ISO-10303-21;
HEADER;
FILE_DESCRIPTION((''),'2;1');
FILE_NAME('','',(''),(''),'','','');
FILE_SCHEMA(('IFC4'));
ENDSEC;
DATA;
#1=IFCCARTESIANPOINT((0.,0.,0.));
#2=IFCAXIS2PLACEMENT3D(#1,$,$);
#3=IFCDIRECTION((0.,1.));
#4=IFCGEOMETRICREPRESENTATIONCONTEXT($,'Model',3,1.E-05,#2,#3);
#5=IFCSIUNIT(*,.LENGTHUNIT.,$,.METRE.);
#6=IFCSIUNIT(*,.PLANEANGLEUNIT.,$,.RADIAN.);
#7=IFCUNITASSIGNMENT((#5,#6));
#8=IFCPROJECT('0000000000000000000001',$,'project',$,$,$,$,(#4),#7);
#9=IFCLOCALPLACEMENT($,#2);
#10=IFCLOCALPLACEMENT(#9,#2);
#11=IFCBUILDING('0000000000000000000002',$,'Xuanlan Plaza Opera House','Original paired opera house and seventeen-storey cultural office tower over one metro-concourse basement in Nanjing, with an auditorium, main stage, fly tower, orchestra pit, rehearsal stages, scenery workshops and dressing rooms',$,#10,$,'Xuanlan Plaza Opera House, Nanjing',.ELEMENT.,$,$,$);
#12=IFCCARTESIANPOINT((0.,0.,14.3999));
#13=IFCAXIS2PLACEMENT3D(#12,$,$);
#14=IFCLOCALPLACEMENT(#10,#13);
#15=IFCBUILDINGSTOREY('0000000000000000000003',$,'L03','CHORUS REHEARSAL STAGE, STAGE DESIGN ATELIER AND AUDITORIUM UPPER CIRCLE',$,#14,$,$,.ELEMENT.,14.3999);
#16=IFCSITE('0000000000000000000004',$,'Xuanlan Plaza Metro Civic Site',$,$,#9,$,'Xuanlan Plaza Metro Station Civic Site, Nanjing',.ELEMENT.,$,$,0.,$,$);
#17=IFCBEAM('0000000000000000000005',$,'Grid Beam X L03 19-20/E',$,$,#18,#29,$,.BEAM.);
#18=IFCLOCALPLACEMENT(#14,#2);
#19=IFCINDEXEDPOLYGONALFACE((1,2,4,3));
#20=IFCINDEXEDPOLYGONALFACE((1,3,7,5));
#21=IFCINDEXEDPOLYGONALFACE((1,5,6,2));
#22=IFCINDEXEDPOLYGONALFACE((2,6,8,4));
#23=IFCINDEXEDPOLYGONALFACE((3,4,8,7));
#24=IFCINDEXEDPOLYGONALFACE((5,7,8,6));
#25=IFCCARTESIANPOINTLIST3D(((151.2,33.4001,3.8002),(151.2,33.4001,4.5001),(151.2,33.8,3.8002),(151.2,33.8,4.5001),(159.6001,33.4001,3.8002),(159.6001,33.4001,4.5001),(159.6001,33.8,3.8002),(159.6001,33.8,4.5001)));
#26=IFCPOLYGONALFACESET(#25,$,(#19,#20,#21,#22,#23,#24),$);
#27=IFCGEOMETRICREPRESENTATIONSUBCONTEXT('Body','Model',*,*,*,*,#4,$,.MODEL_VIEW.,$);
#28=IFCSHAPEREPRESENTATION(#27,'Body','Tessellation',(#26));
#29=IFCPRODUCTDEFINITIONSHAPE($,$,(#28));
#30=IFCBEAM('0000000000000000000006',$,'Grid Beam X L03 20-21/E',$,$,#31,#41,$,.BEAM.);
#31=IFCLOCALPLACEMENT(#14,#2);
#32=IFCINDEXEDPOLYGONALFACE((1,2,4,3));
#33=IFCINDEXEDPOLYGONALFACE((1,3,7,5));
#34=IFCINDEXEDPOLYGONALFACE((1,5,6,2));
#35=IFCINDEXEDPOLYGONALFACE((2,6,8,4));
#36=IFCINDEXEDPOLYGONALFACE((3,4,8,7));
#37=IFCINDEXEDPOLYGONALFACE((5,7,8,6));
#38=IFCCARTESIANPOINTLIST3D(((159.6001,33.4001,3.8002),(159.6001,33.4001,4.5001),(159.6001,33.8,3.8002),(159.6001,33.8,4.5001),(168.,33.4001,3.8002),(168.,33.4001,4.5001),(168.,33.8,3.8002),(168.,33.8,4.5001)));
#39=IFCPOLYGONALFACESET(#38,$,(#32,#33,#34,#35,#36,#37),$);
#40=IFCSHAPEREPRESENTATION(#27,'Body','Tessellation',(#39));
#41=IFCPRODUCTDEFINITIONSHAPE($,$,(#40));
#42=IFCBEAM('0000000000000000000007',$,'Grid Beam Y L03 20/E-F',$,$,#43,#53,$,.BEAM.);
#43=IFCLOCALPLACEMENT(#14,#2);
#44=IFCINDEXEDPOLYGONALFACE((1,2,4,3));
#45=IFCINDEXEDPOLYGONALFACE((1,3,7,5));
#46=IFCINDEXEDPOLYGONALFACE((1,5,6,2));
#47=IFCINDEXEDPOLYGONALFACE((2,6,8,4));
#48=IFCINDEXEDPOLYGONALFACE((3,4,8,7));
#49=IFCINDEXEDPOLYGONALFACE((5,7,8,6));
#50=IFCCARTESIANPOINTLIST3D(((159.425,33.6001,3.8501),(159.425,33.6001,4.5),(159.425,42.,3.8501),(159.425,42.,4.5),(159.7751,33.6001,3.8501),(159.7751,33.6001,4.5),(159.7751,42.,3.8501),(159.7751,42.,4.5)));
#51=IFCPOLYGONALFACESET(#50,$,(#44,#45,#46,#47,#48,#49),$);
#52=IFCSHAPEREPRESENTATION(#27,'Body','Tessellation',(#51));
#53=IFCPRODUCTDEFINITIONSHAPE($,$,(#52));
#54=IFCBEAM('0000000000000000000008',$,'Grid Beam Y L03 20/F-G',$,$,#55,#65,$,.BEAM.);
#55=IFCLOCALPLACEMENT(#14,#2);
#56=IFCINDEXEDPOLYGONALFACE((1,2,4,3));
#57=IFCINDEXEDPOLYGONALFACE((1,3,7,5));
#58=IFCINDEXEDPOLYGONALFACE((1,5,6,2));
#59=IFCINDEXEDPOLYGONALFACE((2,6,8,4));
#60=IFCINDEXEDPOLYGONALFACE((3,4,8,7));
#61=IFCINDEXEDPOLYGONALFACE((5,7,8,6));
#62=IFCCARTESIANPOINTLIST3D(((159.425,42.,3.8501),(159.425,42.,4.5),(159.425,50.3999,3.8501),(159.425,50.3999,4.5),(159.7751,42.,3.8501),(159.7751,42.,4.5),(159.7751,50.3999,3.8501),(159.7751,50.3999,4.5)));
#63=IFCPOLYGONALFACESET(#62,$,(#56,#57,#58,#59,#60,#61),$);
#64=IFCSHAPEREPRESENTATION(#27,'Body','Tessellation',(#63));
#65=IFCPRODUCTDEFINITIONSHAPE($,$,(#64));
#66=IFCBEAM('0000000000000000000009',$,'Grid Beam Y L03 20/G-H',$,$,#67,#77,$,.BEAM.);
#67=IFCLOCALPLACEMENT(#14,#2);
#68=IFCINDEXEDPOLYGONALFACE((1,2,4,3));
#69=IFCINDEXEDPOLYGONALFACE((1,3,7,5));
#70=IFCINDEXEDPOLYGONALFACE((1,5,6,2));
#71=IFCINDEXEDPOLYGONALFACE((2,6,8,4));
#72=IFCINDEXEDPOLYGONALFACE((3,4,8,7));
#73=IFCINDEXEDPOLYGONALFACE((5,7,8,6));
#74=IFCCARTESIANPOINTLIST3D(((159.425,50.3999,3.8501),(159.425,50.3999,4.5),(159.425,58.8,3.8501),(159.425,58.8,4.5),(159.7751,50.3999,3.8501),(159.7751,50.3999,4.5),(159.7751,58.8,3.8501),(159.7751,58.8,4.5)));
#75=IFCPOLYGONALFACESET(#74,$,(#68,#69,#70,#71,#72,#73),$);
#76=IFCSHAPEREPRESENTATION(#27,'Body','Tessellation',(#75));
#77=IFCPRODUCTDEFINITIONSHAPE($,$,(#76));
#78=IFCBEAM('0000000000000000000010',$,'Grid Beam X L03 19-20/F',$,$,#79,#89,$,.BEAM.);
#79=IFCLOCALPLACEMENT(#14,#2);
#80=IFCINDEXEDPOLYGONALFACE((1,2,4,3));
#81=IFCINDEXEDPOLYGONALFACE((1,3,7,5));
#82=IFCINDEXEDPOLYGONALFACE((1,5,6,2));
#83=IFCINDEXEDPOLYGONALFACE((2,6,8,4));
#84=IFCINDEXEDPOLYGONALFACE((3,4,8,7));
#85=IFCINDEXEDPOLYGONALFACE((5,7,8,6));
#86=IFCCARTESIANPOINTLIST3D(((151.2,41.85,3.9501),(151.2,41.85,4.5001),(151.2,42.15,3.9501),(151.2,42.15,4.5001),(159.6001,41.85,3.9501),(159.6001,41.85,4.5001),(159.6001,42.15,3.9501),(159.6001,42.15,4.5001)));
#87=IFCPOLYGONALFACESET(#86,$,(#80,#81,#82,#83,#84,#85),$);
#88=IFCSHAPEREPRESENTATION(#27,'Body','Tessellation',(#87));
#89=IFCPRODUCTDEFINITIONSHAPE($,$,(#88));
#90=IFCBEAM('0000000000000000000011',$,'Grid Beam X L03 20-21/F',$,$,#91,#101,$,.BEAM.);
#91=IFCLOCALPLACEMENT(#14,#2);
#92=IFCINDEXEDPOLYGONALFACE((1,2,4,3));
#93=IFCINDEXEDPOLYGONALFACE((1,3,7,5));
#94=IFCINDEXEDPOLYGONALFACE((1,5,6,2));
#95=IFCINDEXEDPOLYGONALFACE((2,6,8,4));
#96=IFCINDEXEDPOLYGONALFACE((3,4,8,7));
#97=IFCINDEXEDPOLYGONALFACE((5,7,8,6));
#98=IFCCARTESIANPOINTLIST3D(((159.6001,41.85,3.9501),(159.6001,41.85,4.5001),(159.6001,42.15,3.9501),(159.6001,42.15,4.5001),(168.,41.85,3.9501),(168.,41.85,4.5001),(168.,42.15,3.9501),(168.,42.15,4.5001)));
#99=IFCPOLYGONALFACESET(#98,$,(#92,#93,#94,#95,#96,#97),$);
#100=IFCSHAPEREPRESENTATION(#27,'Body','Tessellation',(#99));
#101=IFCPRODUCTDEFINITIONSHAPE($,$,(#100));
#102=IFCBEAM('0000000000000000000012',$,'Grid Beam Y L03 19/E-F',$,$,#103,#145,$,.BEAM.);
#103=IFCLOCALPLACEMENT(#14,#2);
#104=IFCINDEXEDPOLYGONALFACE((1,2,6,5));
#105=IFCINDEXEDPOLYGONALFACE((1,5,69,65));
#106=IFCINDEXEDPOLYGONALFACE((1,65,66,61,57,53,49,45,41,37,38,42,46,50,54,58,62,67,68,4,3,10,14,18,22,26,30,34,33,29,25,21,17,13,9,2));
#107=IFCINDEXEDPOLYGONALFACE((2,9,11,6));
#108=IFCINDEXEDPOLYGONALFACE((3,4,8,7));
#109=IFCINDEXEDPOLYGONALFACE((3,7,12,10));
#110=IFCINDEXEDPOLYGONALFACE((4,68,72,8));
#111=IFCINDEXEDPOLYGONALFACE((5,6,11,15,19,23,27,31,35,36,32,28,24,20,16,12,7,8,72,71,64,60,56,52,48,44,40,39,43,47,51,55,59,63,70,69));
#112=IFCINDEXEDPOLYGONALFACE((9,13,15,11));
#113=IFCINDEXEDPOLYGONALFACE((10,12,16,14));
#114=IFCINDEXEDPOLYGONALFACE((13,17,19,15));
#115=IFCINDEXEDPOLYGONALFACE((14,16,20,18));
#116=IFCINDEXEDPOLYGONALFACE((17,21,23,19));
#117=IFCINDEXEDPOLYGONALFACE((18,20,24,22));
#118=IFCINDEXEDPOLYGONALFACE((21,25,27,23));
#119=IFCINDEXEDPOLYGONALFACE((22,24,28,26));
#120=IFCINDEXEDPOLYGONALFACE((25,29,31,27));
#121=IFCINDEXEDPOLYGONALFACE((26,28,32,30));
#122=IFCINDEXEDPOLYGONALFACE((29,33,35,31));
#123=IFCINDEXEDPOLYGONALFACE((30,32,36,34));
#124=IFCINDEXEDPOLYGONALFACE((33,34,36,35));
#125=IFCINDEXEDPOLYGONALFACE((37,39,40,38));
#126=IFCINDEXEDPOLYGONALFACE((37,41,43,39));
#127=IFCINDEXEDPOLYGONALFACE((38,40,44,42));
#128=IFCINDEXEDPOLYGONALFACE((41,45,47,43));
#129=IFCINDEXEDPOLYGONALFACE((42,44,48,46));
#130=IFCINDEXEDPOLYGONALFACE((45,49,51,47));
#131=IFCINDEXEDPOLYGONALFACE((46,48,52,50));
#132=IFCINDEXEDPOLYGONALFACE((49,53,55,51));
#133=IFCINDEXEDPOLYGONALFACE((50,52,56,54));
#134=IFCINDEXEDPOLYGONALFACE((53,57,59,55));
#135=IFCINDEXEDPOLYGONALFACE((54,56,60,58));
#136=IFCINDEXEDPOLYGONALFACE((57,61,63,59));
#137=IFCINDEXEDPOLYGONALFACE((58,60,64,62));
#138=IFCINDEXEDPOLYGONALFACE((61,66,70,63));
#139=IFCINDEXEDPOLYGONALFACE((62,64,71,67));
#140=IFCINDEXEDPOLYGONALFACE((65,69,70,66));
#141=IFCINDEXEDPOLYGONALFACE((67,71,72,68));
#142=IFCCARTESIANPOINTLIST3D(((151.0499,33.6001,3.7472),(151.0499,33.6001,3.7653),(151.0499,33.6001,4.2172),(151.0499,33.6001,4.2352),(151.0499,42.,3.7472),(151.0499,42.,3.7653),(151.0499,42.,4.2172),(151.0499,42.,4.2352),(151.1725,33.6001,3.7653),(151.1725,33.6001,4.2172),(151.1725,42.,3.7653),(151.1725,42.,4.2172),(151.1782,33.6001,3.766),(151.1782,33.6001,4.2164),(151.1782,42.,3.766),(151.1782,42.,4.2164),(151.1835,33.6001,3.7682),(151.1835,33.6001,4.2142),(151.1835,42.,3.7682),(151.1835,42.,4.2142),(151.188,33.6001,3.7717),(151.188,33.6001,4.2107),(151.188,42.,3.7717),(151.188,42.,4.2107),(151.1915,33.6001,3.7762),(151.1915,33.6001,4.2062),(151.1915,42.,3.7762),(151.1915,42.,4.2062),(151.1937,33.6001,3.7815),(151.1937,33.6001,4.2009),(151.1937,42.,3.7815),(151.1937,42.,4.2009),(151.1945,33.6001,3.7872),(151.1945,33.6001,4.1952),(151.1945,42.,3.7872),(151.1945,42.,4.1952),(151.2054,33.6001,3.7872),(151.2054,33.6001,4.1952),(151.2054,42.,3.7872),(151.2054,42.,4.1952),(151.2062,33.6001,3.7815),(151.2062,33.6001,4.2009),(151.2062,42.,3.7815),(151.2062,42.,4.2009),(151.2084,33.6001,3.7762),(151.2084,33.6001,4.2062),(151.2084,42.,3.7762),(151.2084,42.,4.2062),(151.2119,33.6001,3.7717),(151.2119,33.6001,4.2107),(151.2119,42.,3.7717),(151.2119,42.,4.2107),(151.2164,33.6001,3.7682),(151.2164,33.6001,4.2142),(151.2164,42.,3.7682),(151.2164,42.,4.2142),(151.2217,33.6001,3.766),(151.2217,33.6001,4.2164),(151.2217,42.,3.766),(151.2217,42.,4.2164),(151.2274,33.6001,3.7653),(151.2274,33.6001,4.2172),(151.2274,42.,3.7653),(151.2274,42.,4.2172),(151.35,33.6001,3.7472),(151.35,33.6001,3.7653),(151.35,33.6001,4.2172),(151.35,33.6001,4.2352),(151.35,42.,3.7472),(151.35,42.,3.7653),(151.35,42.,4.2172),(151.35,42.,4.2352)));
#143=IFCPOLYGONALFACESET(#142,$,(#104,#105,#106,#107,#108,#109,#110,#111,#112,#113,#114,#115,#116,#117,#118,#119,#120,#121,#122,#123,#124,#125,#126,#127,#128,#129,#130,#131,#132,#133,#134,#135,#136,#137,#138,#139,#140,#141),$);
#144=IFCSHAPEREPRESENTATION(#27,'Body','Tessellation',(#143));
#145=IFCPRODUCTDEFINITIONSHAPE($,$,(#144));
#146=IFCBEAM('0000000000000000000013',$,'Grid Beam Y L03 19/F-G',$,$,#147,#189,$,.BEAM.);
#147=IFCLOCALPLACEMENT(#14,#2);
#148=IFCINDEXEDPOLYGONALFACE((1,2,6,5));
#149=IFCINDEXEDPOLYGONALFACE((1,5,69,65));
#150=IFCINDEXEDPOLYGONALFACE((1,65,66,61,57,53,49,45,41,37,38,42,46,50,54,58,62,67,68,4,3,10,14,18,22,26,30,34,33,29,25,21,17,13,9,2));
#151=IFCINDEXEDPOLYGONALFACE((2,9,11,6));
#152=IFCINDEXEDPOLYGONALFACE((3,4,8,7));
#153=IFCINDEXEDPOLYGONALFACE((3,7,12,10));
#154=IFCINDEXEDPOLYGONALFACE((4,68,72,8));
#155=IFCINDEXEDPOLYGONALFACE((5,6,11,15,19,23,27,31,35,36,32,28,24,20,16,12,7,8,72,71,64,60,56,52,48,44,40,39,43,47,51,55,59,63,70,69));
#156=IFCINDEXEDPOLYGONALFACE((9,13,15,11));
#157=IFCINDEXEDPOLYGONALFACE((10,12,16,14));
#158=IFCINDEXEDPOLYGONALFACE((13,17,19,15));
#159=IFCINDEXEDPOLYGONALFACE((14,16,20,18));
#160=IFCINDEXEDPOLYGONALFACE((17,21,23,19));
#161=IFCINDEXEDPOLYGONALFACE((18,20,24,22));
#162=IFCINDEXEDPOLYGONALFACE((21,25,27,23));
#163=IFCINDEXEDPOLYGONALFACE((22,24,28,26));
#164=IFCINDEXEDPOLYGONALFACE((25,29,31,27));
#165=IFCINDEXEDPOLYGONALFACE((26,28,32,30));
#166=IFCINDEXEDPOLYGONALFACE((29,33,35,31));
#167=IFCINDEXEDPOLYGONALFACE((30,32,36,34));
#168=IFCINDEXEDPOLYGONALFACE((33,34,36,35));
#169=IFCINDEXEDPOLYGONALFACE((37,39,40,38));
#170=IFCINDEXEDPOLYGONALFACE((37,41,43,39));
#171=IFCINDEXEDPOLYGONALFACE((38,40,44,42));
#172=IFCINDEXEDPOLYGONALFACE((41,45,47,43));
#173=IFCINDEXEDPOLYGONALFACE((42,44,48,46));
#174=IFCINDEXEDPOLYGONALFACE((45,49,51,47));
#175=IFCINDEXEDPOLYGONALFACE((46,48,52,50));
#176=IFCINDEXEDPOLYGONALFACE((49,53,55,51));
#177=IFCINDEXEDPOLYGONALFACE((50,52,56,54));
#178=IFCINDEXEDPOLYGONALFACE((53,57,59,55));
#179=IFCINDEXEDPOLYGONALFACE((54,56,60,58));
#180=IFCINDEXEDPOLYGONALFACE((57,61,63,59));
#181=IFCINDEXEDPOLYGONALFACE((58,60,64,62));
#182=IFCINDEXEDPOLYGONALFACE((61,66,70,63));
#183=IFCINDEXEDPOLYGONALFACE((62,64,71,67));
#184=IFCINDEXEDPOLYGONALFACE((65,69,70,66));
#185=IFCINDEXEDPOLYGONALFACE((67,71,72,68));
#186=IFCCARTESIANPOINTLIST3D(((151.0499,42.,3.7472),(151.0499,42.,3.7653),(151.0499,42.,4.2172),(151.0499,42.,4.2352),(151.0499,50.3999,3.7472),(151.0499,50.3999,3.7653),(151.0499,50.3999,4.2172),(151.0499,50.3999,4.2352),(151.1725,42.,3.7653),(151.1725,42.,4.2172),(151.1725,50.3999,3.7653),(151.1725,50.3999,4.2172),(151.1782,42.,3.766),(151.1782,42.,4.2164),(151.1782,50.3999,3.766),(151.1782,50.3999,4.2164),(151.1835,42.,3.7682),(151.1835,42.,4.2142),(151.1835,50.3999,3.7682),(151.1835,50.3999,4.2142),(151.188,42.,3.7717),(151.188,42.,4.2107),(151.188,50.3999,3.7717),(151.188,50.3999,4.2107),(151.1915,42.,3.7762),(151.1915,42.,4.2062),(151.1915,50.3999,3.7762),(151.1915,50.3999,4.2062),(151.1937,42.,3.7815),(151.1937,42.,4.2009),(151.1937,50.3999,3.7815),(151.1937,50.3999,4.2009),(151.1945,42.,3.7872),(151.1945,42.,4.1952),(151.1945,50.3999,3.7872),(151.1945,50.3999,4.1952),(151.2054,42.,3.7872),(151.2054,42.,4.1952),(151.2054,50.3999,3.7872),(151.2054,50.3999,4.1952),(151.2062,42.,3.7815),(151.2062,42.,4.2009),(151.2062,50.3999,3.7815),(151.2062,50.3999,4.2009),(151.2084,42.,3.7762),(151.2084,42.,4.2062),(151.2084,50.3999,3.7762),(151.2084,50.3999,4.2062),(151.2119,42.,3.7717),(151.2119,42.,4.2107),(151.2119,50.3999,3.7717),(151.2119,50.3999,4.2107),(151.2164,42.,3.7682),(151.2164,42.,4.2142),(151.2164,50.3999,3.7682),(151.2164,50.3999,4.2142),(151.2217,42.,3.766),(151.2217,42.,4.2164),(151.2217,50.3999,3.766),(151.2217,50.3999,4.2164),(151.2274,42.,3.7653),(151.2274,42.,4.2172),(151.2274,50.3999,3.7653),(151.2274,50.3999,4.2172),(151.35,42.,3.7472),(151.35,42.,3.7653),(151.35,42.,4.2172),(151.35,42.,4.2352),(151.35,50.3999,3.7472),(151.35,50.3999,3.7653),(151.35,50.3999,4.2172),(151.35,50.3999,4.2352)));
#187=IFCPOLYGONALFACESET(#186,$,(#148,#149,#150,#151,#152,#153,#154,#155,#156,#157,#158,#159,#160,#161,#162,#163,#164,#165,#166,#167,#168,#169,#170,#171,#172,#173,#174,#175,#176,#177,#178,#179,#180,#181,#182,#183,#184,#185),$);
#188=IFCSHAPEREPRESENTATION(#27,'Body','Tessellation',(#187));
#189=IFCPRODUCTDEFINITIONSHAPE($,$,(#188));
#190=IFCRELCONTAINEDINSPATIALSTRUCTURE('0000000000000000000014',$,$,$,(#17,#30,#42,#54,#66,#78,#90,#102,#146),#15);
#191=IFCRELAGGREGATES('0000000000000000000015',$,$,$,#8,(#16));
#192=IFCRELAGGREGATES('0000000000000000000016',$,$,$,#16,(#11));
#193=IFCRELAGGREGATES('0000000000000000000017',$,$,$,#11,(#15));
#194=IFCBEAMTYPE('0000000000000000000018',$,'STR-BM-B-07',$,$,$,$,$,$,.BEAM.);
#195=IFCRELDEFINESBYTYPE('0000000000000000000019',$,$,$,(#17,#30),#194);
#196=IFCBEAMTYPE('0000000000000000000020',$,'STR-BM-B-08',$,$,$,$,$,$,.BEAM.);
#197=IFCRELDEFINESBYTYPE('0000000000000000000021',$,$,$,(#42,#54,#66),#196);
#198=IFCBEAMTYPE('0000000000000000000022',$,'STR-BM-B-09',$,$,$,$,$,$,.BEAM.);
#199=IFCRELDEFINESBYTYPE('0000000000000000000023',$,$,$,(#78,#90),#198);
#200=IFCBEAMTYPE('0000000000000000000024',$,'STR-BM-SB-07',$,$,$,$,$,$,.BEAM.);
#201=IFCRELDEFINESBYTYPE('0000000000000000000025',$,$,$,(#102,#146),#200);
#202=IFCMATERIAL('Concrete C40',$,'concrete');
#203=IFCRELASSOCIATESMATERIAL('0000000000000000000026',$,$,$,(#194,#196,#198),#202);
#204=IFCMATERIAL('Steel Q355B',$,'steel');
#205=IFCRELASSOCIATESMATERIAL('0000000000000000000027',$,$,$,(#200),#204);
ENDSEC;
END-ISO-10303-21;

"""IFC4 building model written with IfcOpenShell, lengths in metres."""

from ifc_helpers import new_model, si_unit, direction, frame, origin, origin_2d, place, context, subcontext, project, spatial, rectangle, i_section, extrude, material, material_profile, profile_set, type_object, element, save


model = new_model("IFC4")

# Units and contexts
model_context = context("Model", 3, precision=1e-05, world=origin(), true_north=direction((0.0, 1.0)))
body_context = subcontext(model_context, "Body", "Model", "MODEL_VIEW")
ifc_project = project(units=[si_unit("LENGTHUNIT", "METRE"), si_unit("PLANEANGLEUNIT", "RADIAN")], contexts=[model_context])

# Site, building, storey
site_placement = place(None, origin())
site = spatial("IfcSite", under=ifc_project, at=site_placement, Name="Xuanlan Plaza Metro Civic Site", LongName="Xuanlan Plaza Metro Station Civic Site, Nanjing", CompositionType="ELEMENT", RefElevation=0.0)
building_placement = place(site_placement, origin())
building = spatial("IfcBuilding", under=site, at=building_placement, Name="Xuanlan Plaza Opera House", Description="Original paired opera house and seventeen-storey cultural office tower over one metro-concourse basement in Nanjing, with an auditorium, main stage, fly tower, orchestra pit, rehearsal stages, scenery workshops and dressing rooms", LongName="Xuanlan Plaza Opera House, Nanjing", CompositionType="ELEMENT")
storey_placement = place(building_placement, frame((0.0, 0.0, 14.3999)))
storey = spatial("IfcBuildingStorey", under=building, at=storey_placement, Name="L03", Description="CHORUS REHEARSAL STAGE, STAGE DESIGN ATELIER AND AUDITORIUM UPPER CIRCLE", CompositionType="ELEMENT", Elevation=14.3999)

# Shared definitions
ifc_material_1 = material(Name="Steel Q355B", Category="steel")

# Beams
ifc_material_2 = material(Name="Concrete C40", Category="concrete")
ifc_material_profile_1 = material_profile(ifc_material_2, rectangle(XDim=0.3999, YDim=0.7, at=origin_2d()), Name="RC-BM 400x700")
ifc_profile_set_1 = profile_set([ifc_material_profile_1], Name="Concrete C40")
beam_type_1 = type_object("IfcBeamType", Name="STR-BM-B-07", PredefinedType="BEAM", material=ifc_profile_set_1)
beam_1_placement = place(storey_placement, frame((151.2, 33.6001, 4.1501), z_axis=(1.0, 0.0, 0.0), x_axis=(0.0, 1.0, 0.0)))
element("IfcBeam", 1, at=beam_1_placement, inside=storey, type_object=beam_type_1, Name="Grid Beam X L03 19-20/E", PredefinedType="BEAM", context=body_context, shape_type="SweptSolid", body=[
    extrude(rectangle(XDim=0.3999, YDim=0.7, at=origin_2d()), origin(), (0.0, 0.0, 1.0), 8.4001),
])
beam_2_placement = place(storey_placement, frame((159.6001, 33.6001, 4.1501), z_axis=(1.0, 0.0, 0.0), x_axis=(0.0, 1.0, 0.0)))
element("IfcBeam", 2, at=beam_2_placement, inside=storey, type_object=beam_type_1, Name="Grid Beam X L03 20-21/E", PredefinedType="BEAM", context=body_context, shape_type="SweptSolid", body=[
    extrude(rectangle(XDim=0.3999, YDim=0.7, at=origin_2d()), origin(), (0.0, 0.0, 1.0), 8.3999),
])
ifc_material_profile_2 = material_profile(ifc_material_2, rectangle(XDim=0.3501, YDim=0.6499, at=origin_2d()), Name="RC-BM 350x650")
ifc_profile_set_2 = profile_set([ifc_material_profile_2], Name="Concrete C40")
beam_type_2 = type_object("IfcBeamType", Name="STR-BM-B-08", PredefinedType="BEAM", material=ifc_profile_set_2)
for number, where, z_axis, x_axis, name in (
    (3, (159.6001, 33.6001, 4.175), (0.0, 1.0, 0.0), (-1.0, 0.0, 0.0), "Grid Beam Y L03 20/E-F"),
    (4, (159.6001, 42.0, 4.175), (0.0, 1.0, 0.0), (-1.0, 0.0, 0.0), "Grid Beam Y L03 20/F-G"),
):
    element("IfcBeam", number, at=place(storey_placement, frame(where, z_axis=z_axis, x_axis=x_axis)), inside=storey, type_object=beam_type_2, Name=name, PredefinedType="BEAM", context=body_context, shape_type="SweptSolid", body=[
        extrude(rectangle(XDim=0.3501, YDim=0.6499, at=origin_2d()), origin(), (0.0, 0.0, 1.0), 8.3999),
    ])
beam_3_placement = place(storey_placement, frame((159.6001, 50.3999, 4.175), z_axis=(0.0, 1.0, 0.0), x_axis=(-1.0, 0.0, 0.0)))
element("IfcBeam", 5, at=beam_3_placement, inside=storey, type_object=beam_type_2, Name="Grid Beam Y L03 20/G-H", PredefinedType="BEAM", context=body_context, shape_type="SweptSolid", body=[
    extrude(rectangle(XDim=0.3501, YDim=0.6499, at=origin_2d()), origin(), (0.0, 0.0, 1.0), 8.4001),
])
ifc_material_profile_3 = material_profile(ifc_material_2, rectangle(XDim=0.3, YDim=0.55, at=origin_2d()), Name="RC-BM 300x550")
ifc_profile_set_3 = profile_set([ifc_material_profile_3], Name="Concrete C40")
beam_type_3 = type_object("IfcBeamType", Name="STR-BM-B-09", PredefinedType="BEAM", material=ifc_profile_set_3)
beam_4_placement = place(storey_placement, frame((151.2, 42.0, 4.2251), z_axis=(1.0, 0.0, 0.0), x_axis=(0.0, 1.0, 0.0)))
element("IfcBeam", 6, at=beam_4_placement, inside=storey, type_object=beam_type_3, Name="Grid Beam X L03 19-20/F", PredefinedType="BEAM", context=body_context, shape_type="SweptSolid", body=[
    extrude(rectangle(XDim=0.3, YDim=0.55, at=origin_2d()), origin(), (0.0, 0.0, 1.0), 8.4001),
])
beam_5_placement = place(storey_placement, frame((159.6001, 42.0, 4.2251), z_axis=(1.0, 0.0, 0.0), x_axis=(0.0, 1.0, 0.0)))
element("IfcBeam", 7, at=beam_5_placement, inside=storey, type_object=beam_type_3, Name="Grid Beam X L03 20-21/F", PredefinedType="BEAM", context=body_context, shape_type="SweptSolid", body=[
    extrude(rectangle(XDim=0.3, YDim=0.55, at=origin_2d()), origin(), (0.0, 0.0, 1.0), 8.3999),
])
ifc_material_profile_4 = material_profile(ifc_material_1, i_section(OverallWidth=0.3, OverallDepth=0.488, WebThickness=0.011, FlangeThickness=0.0181, FilletRadius=0.022, at=origin_2d()), Name="HM 488x300x11x18")
ifc_profile_set_4 = profile_set([ifc_material_profile_4], Name="Steel Q355B")
beam_type_4 = type_object("IfcBeamType", Name="STR-BM-SB-07", PredefinedType="BEAM", material=ifc_profile_set_4)
for number, where, z_axis, x_axis, name in (
    (8, (151.2, 33.6001, 3.9912), (0.0, 1.0, 0.0), (-1.0, 0.0, 0.0), "Grid Beam Y L03 19/E-F"),
    (9, (151.2, 42.0, 3.9912), (0.0, 1.0, 0.0), (-1.0, 0.0, 0.0), "Grid Beam Y L03 19/F-G"),
):
    element("IfcBeam", number, at=place(storey_placement, frame(where, z_axis=z_axis, x_axis=x_axis)), inside=storey, type_object=beam_type_4, Name=name, PredefinedType="BEAM", context=body_context, shape_type="SweptSolid", body=[
        extrude(i_section(OverallWidth=0.3, OverallDepth=0.488, WebThickness=0.011, FlangeThickness=0.0181, FilletRadius=0.022, at=origin_2d()), origin(), (0.0, 0.0, 1.0), 8.3999),
    ])

save(model, "model.ifc")
